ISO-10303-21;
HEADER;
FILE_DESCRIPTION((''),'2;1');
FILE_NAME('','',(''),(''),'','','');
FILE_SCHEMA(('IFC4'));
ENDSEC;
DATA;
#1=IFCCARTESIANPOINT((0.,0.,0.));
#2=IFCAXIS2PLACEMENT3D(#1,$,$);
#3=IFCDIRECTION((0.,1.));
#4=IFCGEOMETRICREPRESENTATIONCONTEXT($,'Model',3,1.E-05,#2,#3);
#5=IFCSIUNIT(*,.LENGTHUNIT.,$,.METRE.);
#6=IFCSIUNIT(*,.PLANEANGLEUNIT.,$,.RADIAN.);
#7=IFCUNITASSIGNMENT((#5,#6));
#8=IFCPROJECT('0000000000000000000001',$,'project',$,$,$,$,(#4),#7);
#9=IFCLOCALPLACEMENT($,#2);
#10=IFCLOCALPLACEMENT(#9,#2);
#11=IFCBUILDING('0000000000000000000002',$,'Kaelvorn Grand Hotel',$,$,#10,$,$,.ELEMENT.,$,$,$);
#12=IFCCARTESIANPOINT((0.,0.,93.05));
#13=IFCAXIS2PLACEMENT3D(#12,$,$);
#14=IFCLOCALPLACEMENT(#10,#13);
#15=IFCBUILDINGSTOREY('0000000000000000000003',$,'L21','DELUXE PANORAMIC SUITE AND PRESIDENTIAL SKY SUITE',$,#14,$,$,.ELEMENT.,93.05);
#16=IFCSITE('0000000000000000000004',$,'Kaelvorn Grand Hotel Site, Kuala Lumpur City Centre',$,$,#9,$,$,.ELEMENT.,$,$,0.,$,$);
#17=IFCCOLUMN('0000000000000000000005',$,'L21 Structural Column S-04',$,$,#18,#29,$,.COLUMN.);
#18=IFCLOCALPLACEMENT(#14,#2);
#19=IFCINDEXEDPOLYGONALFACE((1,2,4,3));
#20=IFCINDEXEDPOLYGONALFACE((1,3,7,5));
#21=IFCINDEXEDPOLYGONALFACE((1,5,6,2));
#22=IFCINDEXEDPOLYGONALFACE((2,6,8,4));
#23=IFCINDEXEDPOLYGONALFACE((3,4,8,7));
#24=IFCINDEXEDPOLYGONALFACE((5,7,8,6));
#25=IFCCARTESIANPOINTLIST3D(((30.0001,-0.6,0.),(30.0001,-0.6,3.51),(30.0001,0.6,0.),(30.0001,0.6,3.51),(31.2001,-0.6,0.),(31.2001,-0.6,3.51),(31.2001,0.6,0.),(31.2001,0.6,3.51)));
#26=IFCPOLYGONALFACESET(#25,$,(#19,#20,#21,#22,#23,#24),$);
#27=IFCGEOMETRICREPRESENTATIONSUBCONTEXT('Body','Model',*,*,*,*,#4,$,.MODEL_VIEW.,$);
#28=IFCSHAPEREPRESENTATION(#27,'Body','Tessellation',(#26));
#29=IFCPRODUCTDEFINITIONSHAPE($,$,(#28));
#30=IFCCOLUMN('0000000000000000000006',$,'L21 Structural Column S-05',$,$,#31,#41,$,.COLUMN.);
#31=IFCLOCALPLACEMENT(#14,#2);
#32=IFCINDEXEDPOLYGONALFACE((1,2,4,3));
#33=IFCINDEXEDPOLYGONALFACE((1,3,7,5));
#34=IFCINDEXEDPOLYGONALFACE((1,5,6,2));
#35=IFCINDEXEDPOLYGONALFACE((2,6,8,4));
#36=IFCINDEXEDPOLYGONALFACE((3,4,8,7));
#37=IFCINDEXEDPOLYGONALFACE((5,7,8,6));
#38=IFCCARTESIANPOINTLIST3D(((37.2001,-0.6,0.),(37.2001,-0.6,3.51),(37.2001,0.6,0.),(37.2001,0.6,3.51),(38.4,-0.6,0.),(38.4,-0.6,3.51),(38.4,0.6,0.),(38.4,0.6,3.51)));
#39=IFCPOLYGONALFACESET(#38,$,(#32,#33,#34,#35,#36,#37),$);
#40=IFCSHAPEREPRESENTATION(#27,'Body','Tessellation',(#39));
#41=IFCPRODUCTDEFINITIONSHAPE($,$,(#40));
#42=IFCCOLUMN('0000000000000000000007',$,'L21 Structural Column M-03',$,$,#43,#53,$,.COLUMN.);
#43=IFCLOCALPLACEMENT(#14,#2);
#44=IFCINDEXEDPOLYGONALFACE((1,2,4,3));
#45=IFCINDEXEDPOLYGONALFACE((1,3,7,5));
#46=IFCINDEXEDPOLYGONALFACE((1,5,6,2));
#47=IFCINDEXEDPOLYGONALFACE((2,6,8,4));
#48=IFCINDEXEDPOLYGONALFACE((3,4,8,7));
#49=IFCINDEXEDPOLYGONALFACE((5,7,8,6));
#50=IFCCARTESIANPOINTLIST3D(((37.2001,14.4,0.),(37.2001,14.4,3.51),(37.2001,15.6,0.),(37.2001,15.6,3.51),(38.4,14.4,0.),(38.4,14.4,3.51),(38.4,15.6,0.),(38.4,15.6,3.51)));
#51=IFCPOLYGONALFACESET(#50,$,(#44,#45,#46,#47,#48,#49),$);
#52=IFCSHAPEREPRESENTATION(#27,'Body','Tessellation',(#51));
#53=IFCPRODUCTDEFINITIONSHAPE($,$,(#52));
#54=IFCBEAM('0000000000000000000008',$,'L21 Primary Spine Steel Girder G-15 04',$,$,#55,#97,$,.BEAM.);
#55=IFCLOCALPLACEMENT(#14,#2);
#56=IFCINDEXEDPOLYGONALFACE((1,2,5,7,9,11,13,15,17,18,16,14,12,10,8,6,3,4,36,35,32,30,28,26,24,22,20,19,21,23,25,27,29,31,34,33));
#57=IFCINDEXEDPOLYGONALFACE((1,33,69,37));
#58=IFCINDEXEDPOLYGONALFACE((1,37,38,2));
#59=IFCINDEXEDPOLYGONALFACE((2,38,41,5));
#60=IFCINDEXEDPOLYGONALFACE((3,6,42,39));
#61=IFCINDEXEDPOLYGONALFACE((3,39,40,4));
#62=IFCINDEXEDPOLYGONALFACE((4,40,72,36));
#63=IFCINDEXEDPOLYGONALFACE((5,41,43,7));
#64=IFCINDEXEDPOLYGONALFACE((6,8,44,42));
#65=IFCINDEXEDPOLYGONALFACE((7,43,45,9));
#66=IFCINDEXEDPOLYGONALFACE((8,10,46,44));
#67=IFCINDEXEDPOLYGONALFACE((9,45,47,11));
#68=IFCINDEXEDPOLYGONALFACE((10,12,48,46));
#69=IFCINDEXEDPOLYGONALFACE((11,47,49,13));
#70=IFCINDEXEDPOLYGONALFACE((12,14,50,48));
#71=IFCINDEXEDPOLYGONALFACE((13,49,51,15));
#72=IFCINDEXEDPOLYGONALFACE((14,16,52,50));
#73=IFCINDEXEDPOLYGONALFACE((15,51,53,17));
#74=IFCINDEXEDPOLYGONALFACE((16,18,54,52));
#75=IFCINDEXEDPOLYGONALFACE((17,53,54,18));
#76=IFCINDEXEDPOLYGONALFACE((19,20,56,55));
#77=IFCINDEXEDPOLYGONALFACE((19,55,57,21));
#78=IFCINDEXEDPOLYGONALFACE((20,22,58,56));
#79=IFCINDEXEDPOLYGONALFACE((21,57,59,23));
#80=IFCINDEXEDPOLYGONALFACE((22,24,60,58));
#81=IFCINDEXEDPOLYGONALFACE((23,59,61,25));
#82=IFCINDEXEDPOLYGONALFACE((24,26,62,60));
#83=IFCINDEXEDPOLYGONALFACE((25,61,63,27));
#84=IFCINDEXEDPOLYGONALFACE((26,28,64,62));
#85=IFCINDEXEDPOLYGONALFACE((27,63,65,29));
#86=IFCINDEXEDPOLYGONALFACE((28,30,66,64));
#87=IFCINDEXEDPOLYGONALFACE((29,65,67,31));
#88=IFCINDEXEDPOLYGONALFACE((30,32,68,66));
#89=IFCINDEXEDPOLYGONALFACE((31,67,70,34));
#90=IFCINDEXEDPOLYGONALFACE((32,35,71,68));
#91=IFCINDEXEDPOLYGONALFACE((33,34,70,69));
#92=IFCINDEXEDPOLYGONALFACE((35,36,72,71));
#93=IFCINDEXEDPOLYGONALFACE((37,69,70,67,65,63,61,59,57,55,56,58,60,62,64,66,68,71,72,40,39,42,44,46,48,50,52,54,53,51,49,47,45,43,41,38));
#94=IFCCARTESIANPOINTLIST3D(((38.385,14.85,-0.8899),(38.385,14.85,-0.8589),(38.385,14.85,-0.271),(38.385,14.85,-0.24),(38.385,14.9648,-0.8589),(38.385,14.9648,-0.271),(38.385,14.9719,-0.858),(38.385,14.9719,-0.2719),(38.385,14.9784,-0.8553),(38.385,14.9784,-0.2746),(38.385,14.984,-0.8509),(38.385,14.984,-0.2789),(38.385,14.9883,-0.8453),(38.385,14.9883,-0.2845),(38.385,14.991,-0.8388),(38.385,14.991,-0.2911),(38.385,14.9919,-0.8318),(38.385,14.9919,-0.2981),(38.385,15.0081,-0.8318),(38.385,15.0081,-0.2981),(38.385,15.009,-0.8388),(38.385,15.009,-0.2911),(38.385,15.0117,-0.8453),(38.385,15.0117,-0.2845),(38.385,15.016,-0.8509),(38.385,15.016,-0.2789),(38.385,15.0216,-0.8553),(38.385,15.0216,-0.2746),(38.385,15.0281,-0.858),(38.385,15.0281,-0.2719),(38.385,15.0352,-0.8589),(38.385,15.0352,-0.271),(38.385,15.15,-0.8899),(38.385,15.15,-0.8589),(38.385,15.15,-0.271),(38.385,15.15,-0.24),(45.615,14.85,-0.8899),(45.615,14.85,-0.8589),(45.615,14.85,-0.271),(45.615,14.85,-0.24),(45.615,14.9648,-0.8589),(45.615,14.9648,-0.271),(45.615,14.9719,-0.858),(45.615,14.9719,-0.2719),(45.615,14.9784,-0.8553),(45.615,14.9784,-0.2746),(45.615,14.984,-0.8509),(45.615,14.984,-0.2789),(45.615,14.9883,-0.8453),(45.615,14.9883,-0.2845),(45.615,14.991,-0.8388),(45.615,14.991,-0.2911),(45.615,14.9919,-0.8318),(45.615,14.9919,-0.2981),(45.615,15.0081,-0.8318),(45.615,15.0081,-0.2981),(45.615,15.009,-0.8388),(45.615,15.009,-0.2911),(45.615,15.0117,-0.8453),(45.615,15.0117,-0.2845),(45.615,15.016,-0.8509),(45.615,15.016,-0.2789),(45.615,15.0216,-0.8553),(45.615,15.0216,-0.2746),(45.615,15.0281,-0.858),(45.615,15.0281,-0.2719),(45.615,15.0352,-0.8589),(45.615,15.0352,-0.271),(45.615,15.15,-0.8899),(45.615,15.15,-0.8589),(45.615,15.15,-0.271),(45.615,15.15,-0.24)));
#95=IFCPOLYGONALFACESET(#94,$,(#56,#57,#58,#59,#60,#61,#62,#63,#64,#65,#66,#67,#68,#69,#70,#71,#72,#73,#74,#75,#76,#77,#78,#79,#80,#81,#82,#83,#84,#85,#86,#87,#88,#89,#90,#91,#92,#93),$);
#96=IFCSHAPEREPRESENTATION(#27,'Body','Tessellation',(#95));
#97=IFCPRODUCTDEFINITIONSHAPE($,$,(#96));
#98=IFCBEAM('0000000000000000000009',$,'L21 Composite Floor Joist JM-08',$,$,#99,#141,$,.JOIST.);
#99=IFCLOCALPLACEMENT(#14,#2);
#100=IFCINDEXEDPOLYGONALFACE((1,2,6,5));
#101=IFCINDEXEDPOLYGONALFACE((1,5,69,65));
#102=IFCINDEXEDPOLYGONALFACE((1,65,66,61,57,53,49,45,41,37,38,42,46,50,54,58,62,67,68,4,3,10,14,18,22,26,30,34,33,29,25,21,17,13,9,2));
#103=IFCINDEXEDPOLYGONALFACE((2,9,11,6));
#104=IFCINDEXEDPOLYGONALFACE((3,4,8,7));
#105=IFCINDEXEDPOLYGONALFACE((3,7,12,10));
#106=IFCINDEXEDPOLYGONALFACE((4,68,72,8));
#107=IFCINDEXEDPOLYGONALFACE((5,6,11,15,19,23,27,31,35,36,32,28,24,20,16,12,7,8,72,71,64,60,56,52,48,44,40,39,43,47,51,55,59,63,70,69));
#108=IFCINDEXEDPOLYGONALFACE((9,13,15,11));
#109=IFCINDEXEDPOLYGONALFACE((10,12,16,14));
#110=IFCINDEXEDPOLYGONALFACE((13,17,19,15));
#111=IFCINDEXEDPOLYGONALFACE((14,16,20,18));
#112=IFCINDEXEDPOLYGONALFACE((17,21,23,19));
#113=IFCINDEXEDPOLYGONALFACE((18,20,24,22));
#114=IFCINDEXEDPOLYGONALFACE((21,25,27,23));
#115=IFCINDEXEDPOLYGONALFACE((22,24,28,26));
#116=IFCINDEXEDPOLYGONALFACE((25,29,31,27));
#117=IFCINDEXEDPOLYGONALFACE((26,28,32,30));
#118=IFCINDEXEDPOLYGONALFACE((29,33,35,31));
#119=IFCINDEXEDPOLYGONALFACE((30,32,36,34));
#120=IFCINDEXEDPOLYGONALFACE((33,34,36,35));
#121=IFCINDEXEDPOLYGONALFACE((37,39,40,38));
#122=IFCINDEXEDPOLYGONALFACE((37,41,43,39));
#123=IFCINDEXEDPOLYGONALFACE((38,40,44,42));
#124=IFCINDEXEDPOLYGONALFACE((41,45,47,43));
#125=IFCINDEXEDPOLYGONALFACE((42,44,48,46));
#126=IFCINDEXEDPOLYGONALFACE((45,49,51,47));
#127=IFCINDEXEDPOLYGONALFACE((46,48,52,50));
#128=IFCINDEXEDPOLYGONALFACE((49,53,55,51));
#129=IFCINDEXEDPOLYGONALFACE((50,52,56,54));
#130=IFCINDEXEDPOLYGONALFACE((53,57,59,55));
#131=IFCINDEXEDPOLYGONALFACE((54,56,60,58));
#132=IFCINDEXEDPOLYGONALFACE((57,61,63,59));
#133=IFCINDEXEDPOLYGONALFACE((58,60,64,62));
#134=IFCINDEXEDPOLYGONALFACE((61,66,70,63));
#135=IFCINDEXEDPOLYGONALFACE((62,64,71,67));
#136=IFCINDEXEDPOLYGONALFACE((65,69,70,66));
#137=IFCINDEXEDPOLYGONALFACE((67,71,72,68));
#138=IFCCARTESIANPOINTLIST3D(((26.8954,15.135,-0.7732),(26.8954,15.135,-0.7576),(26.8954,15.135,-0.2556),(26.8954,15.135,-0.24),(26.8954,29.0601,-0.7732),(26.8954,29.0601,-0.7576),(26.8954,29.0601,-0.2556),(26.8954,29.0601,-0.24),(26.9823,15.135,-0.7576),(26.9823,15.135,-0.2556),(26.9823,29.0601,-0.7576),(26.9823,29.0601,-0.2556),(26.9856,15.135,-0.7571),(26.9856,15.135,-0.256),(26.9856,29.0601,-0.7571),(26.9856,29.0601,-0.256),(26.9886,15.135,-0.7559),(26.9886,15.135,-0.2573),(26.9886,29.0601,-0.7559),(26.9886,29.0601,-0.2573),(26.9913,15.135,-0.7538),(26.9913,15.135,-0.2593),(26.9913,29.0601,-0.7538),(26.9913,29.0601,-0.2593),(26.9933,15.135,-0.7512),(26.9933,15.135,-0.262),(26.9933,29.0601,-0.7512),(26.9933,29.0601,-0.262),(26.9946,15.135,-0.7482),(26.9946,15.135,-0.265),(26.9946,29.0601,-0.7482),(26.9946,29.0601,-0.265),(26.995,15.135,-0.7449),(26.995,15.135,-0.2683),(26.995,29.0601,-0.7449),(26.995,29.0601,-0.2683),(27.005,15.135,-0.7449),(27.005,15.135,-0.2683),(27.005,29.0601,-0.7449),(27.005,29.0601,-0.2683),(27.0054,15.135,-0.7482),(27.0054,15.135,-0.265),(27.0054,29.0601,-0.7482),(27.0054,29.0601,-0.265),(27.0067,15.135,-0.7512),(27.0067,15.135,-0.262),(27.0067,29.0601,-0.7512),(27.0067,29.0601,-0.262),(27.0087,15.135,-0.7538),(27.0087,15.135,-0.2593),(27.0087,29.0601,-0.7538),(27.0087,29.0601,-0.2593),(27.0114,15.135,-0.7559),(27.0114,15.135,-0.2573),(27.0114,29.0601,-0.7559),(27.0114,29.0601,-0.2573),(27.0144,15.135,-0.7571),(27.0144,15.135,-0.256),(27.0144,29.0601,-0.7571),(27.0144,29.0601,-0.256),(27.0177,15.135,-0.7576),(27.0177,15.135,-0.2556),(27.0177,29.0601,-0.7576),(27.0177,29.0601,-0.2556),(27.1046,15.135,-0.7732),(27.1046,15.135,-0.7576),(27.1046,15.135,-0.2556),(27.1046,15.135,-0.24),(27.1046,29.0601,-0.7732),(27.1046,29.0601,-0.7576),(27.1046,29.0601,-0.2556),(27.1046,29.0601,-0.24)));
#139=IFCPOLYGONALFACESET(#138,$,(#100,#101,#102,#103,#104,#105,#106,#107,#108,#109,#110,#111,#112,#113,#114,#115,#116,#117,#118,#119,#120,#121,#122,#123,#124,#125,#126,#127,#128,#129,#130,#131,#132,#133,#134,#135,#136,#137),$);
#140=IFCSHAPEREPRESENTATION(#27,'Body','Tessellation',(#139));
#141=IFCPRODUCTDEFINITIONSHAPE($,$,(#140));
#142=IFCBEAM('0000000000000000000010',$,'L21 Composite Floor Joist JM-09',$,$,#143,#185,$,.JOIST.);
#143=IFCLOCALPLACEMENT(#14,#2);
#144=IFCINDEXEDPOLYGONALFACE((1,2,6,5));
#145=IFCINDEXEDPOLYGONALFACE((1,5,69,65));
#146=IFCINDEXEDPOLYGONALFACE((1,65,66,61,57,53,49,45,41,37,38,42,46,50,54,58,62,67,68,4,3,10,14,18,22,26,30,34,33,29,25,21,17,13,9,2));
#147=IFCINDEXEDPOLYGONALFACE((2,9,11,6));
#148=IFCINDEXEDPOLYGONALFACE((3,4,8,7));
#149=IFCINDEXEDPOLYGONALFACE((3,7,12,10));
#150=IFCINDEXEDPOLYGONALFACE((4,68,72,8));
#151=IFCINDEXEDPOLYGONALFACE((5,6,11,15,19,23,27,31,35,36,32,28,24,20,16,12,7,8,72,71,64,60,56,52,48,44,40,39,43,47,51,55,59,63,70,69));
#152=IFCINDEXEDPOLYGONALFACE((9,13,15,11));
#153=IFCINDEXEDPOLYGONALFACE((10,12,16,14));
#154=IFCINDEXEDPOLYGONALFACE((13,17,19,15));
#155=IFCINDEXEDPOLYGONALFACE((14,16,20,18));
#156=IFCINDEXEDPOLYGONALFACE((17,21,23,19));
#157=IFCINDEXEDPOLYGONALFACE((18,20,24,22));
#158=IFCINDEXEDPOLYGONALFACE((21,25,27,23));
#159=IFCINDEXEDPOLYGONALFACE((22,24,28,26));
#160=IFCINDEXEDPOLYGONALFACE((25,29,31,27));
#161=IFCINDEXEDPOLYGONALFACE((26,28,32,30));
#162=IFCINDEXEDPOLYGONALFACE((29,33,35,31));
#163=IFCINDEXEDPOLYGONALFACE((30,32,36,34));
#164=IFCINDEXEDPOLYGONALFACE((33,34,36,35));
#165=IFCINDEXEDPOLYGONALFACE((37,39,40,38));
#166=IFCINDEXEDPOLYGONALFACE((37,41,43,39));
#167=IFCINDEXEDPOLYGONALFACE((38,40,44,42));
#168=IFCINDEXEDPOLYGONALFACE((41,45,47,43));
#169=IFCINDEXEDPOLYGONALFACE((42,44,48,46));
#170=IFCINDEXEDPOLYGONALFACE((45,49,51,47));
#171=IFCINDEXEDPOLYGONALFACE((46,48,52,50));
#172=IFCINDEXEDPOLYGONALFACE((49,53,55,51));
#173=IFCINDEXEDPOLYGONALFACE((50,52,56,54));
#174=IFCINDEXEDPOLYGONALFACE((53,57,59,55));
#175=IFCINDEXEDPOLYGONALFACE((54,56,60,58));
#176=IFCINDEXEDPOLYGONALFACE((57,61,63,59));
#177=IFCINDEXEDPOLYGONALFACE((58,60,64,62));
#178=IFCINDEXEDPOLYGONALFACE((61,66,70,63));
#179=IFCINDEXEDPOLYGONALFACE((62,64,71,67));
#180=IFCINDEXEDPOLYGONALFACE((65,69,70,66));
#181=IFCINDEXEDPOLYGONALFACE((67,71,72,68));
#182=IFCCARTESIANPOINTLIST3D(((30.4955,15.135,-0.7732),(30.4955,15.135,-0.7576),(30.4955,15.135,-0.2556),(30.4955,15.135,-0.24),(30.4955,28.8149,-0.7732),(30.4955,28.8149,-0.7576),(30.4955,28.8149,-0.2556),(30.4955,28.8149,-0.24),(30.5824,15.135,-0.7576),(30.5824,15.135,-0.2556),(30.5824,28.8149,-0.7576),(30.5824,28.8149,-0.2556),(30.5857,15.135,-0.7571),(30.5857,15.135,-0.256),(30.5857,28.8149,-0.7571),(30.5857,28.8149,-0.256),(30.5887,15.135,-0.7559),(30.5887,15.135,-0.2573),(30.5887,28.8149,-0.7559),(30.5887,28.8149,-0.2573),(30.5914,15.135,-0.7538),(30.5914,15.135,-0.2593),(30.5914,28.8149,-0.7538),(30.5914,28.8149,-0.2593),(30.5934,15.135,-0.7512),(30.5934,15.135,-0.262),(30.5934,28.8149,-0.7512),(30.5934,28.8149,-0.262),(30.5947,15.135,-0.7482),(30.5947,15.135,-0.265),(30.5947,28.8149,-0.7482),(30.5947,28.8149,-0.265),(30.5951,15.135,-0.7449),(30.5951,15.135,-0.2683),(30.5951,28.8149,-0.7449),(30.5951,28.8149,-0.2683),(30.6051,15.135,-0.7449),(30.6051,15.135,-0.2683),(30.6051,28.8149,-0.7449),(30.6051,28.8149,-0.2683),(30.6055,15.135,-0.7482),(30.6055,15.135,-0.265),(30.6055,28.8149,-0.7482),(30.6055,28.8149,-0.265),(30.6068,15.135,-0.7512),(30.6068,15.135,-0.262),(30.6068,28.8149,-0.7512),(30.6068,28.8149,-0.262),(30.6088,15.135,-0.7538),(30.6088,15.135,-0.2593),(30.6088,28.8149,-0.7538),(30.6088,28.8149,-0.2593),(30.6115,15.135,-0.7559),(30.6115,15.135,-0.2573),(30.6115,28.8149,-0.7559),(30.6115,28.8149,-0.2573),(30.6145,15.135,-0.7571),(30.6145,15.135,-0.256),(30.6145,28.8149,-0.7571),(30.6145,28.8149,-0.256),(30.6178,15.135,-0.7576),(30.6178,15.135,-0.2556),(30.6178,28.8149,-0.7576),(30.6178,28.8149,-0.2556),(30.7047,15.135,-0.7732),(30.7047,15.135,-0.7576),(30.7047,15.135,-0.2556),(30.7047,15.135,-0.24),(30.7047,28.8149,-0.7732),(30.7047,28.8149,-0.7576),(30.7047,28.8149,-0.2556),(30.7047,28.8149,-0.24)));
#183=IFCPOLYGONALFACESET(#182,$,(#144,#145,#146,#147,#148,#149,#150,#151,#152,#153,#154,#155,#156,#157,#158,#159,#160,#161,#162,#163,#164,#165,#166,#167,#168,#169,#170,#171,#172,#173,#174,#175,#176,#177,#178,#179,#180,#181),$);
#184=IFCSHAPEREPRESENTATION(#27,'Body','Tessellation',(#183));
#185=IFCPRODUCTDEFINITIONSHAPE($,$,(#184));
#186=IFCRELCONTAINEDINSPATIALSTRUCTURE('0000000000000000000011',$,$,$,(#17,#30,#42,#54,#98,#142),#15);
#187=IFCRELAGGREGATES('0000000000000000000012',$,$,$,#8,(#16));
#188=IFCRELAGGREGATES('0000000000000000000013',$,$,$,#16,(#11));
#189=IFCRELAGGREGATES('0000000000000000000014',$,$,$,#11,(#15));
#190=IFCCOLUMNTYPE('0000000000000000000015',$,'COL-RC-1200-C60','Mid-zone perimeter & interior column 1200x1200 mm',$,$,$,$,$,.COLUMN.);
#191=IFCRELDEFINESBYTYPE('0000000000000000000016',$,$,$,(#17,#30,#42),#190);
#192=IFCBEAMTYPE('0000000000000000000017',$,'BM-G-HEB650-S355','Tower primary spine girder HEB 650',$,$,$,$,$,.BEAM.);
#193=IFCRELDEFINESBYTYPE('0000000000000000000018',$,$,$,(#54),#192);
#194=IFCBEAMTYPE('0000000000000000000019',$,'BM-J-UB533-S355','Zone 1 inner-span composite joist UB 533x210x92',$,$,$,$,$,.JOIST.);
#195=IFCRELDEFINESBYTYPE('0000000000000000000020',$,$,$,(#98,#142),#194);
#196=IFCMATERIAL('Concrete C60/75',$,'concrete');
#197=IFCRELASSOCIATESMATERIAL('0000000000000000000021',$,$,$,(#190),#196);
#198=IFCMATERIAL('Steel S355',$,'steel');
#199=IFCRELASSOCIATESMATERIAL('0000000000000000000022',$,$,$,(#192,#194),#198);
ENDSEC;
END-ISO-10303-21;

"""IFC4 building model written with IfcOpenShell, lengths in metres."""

from ifc_helpers import new_model, si_unit, direction, frame, origin, origin_2d, place, context, subcontext, project, spatial, rectangle, i_section, extrude, material, material_profile, profile_set, type_object, element, save


model = new_model("IFC4")

# Units and contexts
model_context = context("Model", 3, precision=1e-05, world=origin(), true_north=direction((0.0, 1.0)))
body_context = subcontext(model_context, "Body", "Model", "MODEL_VIEW")
ifc_project = project(units=[si_unit("LENGTHUNIT", "METRE"), si_unit("PLANEANGLEUNIT", "RADIAN")], contexts=[model_context])

# Site, building, storey
site_placement = place(None, origin())
site = spatial("IfcSite", under=ifc_project, at=site_placement, Name="Kaelvorn Grand Hotel Site, Kuala Lumpur City Centre", CompositionType="ELEMENT", RefElevation=0.0)
building_placement = place(site_placement, origin())
building = spatial("IfcBuilding", under=site, at=building_placement, Name="Kaelvorn Grand Hotel", CompositionType="ELEMENT")
storey_placement = place(building_placement, frame((0.0, 0.0, 93.05)))
storey = spatial("IfcBuildingStorey", under=building, at=storey_placement, Name="L21", Description="DELUXE PANORAMIC SUITE AND PRESIDENTIAL SKY SUITE", CompositionType="ELEMENT", Elevation=93.05)

# Columns
ifc_material_1 = material(Name="Concrete C60/75", Category="concrete")
ifc_material_profile_1 = material_profile(ifc_material_1, rectangle(XDim=1.2, YDim=1.2, at=origin_2d()), Name="RC COL 1200x1200")
ifc_profile_set_1 = profile_set([ifc_material_profile_1], Name="Concrete C60/75")
column_type = type_object("IfcColumnType", Name="COL-RC-1200-C60", Description="Mid-zone perimeter & interior column 1200x1200 mm", PredefinedType="COLUMN", material=ifc_profile_set_1)
for number, where, z_axis, x_axis, name in (
    (1, (30.6001, 0.0, 0.0), (0.0, 0.0, 1.0), (1.0, 0.0, 0.0), "L21 Structural Column S-04"),
    (2, (37.8, 0.0, 0.0), (0.0, 0.0, 1.0), (1.0, 0.0, 0.0), "L21 Structural Column S-05"),
    (3, (37.8, 15.0, 0.0), (0.0, 0.0, 1.0), (1.0, 0.0, 0.0), "L21 Structural Column M-03"),
):
    element("IfcColumn", number, at=place(storey_placement, frame(where, z_axis=z_axis, x_axis=x_axis)), inside=storey, type_object=column_type, Name=name, PredefinedType="COLUMN", context=body_context, shape_type="SweptSolid", body=[
        extrude(rectangle(XDim=1.2, YDim=1.2, at=origin_2d()), origin(), (0.0, 0.0, 1.0), 3.51),
    ])

# Beams
ifc_material_2 = material(Name="Steel S355", Category="steel")
ifc_material_profile_2 = material_profile(ifc_material_2, i_section(OverallWidth=0.3, OverallDepth=0.6499, WebThickness=0.0161, FlangeThickness=0.031, FilletRadius=0.0271, at=origin_2d()), Name="HEB 650")
ifc_profile_set_2 = profile_set([ifc_material_profile_2], Name="Steel S355")
beam_type_1 = type_object("IfcBeamType", Name="BM-G-HEB650-S355", Description="Tower primary spine girder HEB 650", PredefinedType="BEAM", material=ifc_profile_set_2)
beam_1_placement = place(storey_placement, frame((38.385, 15.0, -0.5649), z_axis=(1.0, 0.0, 0.0), x_axis=(0.0, 1.0, 0.0)))
element("IfcBeam", 4, at=beam_1_placement, inside=storey, type_object=beam_type_1, Name="L21 Primary Spine Steel Girder G-15 04", PredefinedType="BEAM", context=body_context, shape_type="SweptSolid", body=[
    extrude(i_section(OverallWidth=0.3, OverallDepth=0.6499, WebThickness=0.0161, FlangeThickness=0.031, FilletRadius=0.0271, at=origin_2d()), origin(), (0.0, 0.0, 1.0), 7.23),
])
ifc_material_profile_3 = material_profile(ifc_material_2, i_section(OverallWidth=0.2092, OverallDepth=0.5332, WebThickness=0.01, FlangeThickness=0.0156, FilletRadius=0.0127, at=origin_2d()), Name="UB 533x210x92")
ifc_profile_set_3 = profile_set([ifc_material_profile_3], Name="Steel S355")
beam_type_2 = type_object("IfcBeamType", Name="BM-J-UB533-S355", Description="Zone 1 inner-span composite joist UB 533x210x92", PredefinedType="JOIST", material=ifc_profile_set_3)
beam_2_placement = place(storey_placement, frame((27.0, 15.135, -0.5066), z_axis=(0.0, 1.0, 0.0), x_axis=(-1.0, 0.0, 0.0)))
element("IfcBeam", 5, at=beam_2_placement, inside=storey, type_object=beam_type_2, Name="L21 Composite Floor Joist JM-08", PredefinedType="JOIST", context=body_context, shape_type="SweptSolid", body=[
    extrude(i_section(OverallWidth=0.2092, OverallDepth=0.5332, WebThickness=0.01, FlangeThickness=0.0156, FilletRadius=0.0127, at=origin_2d()), origin(), (0.0, 0.0, 1.0), 13.925),
])
beam_3_placement = place(storey_placement, frame((30.6001, 15.135, -0.5066), z_axis=(0.0, 1.0, 0.0), x_axis=(-1.0, 0.0, 0.0)))
element("IfcBeam", 6, at=beam_3_placement, inside=storey, type_object=beam_type_2, Name="L21 Composite Floor Joist JM-09", PredefinedType="JOIST", context=body_context, shape_type="SweptSolid", body=[
    extrude(i_section(OverallWidth=0.2092, OverallDepth=0.5332, WebThickness=0.01, FlangeThickness=0.0156, FilletRadius=0.0127, at=origin_2d()), origin(), (0.0, 0.0, 1.0), 13.6799),
])

save(model, "model.ifc")
